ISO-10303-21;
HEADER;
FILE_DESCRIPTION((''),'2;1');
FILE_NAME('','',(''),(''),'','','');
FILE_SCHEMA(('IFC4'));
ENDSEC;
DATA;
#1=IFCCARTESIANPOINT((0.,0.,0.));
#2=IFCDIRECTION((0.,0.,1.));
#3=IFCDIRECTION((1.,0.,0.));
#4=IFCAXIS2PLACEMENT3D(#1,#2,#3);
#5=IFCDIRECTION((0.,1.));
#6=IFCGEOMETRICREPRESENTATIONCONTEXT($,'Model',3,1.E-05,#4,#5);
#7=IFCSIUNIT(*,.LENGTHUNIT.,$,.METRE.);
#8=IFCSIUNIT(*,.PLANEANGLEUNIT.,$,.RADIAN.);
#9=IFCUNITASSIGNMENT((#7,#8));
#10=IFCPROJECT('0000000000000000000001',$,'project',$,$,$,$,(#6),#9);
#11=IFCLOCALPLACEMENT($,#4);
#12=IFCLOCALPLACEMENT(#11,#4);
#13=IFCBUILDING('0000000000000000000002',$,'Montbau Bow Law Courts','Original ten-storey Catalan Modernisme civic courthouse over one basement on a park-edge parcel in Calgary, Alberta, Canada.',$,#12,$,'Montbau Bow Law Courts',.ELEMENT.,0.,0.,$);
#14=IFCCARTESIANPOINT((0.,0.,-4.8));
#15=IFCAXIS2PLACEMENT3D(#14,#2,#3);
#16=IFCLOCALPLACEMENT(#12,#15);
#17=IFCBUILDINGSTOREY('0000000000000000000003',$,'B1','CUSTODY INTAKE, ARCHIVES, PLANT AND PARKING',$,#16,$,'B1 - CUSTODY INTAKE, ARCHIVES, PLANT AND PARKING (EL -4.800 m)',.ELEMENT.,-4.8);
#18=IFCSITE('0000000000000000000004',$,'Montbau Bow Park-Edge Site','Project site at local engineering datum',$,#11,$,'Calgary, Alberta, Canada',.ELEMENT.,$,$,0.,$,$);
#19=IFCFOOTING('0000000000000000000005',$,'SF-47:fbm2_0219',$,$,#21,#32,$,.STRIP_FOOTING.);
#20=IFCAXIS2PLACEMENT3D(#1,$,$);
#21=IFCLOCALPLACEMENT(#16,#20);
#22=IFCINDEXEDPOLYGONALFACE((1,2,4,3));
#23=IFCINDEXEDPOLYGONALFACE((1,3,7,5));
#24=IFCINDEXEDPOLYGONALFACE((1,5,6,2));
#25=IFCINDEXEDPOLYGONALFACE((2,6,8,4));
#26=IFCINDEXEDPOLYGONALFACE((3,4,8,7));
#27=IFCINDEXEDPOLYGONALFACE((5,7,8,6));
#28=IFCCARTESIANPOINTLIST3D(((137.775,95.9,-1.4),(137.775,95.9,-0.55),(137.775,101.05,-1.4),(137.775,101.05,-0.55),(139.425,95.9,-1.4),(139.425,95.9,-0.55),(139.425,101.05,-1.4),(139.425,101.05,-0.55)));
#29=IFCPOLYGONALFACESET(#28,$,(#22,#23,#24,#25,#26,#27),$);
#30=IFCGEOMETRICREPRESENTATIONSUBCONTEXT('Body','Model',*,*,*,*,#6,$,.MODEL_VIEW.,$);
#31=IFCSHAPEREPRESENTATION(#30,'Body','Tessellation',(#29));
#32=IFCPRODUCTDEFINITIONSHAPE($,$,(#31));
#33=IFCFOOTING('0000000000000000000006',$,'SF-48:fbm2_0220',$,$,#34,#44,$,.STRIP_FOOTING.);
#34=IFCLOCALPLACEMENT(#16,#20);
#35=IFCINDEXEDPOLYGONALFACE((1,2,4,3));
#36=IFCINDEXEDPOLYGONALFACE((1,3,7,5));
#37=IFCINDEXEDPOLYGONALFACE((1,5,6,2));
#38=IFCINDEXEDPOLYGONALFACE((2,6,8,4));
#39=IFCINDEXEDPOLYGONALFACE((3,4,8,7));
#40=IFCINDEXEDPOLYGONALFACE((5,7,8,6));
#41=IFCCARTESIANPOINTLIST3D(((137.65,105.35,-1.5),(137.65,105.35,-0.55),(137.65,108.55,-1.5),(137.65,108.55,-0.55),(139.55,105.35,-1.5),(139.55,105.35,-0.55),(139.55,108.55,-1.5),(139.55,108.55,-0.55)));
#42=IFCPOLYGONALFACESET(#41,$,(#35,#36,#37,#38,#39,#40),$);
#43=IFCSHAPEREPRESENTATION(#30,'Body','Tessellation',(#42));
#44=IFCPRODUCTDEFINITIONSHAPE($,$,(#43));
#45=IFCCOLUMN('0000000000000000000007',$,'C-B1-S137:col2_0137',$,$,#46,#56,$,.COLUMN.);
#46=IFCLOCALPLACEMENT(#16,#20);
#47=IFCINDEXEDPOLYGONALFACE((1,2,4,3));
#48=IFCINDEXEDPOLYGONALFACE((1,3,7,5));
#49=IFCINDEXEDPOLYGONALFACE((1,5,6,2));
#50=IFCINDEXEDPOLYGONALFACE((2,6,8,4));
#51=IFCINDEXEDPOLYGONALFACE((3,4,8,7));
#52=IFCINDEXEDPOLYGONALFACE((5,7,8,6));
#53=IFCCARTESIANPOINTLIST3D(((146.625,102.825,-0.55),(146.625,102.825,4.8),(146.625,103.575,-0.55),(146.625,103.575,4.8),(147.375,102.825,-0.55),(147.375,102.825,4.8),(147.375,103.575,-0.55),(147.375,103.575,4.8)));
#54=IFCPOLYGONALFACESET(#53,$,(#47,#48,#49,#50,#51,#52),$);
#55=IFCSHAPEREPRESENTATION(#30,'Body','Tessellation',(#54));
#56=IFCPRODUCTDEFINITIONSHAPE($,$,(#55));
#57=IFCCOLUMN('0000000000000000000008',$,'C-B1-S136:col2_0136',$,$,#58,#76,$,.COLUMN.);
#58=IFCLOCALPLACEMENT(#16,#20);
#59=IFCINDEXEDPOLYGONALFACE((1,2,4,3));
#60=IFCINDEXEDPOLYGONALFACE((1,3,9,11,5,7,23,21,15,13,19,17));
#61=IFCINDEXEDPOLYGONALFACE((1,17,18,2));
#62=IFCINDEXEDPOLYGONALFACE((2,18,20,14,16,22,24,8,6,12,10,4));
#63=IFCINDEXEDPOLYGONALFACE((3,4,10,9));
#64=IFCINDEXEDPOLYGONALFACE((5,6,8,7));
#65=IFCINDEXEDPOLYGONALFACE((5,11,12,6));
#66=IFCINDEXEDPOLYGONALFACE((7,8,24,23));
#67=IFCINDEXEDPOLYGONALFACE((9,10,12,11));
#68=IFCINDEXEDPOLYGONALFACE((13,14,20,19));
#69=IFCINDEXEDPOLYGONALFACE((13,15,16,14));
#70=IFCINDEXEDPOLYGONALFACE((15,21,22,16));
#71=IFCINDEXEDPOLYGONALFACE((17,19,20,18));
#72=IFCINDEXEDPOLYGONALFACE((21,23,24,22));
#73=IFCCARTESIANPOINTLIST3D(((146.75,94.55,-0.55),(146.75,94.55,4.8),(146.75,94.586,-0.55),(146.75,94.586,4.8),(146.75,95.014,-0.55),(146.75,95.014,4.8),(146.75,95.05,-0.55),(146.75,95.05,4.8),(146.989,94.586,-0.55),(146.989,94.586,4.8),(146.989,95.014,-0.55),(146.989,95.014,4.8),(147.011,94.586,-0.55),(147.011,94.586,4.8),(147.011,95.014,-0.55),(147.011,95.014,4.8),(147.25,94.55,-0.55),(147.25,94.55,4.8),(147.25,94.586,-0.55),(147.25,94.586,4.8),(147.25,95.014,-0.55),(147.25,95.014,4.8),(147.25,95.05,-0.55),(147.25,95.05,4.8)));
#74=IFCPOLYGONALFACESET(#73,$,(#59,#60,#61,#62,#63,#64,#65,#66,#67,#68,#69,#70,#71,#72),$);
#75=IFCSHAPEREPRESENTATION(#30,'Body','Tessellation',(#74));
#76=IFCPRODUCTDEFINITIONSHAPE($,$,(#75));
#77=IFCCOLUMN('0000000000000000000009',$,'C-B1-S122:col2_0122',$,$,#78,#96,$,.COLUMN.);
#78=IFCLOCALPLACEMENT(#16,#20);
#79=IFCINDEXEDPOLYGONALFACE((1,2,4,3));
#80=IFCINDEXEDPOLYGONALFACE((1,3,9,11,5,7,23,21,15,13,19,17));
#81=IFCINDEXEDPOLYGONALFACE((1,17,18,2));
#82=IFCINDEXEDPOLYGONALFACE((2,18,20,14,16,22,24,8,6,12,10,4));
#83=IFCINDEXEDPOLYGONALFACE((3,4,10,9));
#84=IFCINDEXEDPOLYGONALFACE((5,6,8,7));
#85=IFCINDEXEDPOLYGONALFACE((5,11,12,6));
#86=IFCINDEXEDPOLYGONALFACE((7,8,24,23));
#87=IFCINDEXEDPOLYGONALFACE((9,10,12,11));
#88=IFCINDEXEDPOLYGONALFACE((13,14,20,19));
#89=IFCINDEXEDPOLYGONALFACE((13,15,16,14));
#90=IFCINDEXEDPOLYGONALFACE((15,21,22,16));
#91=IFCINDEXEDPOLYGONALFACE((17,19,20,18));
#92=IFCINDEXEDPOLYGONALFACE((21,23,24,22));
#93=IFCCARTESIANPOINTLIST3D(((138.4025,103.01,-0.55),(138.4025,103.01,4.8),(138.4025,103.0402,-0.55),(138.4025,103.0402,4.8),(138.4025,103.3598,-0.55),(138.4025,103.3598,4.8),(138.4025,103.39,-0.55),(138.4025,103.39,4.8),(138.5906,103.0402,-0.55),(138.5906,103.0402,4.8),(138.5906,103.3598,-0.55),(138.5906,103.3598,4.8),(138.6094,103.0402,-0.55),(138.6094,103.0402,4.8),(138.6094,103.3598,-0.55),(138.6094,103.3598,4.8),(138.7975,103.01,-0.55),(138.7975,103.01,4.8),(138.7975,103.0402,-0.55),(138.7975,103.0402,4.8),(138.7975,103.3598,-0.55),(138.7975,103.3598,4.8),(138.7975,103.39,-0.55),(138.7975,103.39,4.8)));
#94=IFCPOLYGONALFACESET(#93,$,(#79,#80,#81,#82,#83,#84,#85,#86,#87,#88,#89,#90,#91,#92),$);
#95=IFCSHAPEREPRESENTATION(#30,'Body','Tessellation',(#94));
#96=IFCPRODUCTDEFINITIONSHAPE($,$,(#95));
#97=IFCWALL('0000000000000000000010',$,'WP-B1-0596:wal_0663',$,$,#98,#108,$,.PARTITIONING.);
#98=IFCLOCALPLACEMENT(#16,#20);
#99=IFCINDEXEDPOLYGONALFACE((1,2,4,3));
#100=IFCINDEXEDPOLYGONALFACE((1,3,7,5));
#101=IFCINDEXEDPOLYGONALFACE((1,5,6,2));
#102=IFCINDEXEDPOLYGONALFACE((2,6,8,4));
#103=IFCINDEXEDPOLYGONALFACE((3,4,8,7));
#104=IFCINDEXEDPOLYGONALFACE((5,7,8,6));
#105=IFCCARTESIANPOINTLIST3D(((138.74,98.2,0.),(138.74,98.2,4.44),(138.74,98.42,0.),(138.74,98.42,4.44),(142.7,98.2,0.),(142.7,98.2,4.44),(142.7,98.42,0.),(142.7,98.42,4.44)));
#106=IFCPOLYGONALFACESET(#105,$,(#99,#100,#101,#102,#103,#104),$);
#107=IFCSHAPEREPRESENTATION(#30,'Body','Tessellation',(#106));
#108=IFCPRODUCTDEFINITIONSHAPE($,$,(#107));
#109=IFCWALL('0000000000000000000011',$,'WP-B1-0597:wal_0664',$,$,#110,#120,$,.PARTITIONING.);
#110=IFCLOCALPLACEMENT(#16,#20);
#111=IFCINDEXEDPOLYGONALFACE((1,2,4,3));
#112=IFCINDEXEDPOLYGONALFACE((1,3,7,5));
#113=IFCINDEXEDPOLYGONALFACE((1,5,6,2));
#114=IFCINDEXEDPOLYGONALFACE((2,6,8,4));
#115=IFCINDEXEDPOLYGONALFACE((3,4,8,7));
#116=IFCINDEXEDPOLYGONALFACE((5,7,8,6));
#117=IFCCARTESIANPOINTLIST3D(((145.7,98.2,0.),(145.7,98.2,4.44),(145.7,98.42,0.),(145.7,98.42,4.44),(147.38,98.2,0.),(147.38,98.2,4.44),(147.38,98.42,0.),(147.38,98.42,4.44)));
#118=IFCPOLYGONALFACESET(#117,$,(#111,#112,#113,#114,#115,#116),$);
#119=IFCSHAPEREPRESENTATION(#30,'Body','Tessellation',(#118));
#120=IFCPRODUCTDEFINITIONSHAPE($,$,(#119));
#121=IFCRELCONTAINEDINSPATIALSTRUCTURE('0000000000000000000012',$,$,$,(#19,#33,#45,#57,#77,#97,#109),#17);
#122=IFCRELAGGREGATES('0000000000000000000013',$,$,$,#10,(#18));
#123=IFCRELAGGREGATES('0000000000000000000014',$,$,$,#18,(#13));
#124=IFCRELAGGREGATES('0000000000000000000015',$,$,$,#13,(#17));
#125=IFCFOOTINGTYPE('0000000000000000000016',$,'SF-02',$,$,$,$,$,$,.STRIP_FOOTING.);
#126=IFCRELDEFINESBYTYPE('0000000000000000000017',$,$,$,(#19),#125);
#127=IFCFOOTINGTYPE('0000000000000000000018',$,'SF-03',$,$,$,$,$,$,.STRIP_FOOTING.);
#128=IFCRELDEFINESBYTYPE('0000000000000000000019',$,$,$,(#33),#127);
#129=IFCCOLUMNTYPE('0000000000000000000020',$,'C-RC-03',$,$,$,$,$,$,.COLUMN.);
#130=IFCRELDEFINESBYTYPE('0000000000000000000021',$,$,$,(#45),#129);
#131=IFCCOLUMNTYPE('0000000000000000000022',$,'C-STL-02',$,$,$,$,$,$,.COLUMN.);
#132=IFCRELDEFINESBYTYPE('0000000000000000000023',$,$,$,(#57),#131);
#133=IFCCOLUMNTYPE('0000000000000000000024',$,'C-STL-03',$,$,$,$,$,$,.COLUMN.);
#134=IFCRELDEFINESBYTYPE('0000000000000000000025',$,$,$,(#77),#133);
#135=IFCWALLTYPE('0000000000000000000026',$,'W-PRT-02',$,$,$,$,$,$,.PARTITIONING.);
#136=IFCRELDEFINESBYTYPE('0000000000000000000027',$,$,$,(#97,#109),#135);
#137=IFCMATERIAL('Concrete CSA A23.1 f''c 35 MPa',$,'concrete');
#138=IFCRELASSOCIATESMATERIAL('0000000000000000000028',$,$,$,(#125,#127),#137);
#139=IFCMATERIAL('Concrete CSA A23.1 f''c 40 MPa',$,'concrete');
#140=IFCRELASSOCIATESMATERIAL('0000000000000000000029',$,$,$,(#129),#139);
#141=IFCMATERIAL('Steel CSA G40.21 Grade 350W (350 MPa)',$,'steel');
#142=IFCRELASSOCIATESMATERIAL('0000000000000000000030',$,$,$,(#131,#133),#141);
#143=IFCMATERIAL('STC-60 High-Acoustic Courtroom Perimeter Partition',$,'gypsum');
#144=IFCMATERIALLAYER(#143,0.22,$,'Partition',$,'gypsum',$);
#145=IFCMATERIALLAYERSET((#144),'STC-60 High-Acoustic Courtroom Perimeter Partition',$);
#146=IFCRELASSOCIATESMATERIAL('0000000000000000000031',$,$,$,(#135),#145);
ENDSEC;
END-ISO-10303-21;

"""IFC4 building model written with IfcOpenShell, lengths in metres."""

from ifc_helpers import new_model, si_unit, direction, frame, frame_2d, origin_with_axes, origin_2d_with_axis, place, context, subcontext, project, spatial, rectangle, i_section, extrude, material, layer, layer_set, material_profile, profile_set, type_object, element, save


model = new_model("IFC4")

# Units and contexts
model_context = context("Model", 3, precision=1e-05, world=origin_with_axes(), true_north=direction((0.0, 1.0)))
body_context = subcontext(model_context, "Body", "Model", "MODEL_VIEW")
ifc_project = project(units=[si_unit("LENGTHUNIT", "METRE"), si_unit("PLANEANGLEUNIT", "RADIAN")], contexts=[model_context])

# Site, building, storey
site_placement = place(None, origin_with_axes())
site = spatial("IfcSite", under=ifc_project, at=site_placement, Name="Montbau Bow Park-Edge Site", Description="Project site at local engineering datum", LongName="Calgary, Alberta, Canada", CompositionType="ELEMENT", RefElevation=0.0)
building_placement = place(site_placement, origin_with_axes())
building = spatial("IfcBuilding", under=site, at=building_placement, Name="Montbau Bow Law Courts", Description="Original ten-storey Catalan Modernisme civic courthouse over one basement on a park-edge parcel in Calgary, Alberta, Canada.", LongName="Montbau Bow Law Courts", CompositionType="ELEMENT", ElevationOfRefHeight=0.0, ElevationOfTerrain=0.0)
storey_placement = place(building_placement, frame((0.0, 0.0, -4.8), z_axis=(0.0, 0.0, 1.0), x_axis=(1.0, 0.0, 0.0)))
storey = spatial("IfcBuildingStorey", under=building, at=storey_placement, Name="B1", Description="CUSTODY INTAKE, ARCHIVES, PLANT AND PARKING", LongName="B1 - CUSTODY INTAKE, ARCHIVES, PLANT AND PARKING (EL -4.800 m)", CompositionType="ELEMENT", Elevation=-4.8)

# Shared definitions
ifc_material_1 = material(Name="Concrete CSA A23.1 f'c 35 MPa", Category="concrete")

# Shared definitions
ifc_material_2 = material(Name="Concrete CSA A23.1 f'c 40 MPa", Category="concrete")

# Footings
footing_type_1 = type_object("IfcFootingType", Name="SF-02", PredefinedType="STRIP_FOOTING", material=ifc_material_1)
footing_1_placement = place(None, frame((138.6, 98.475, -6.2), z_axis=(0.0, 0.0, 1.0), x_axis=(0.0, 1.0, 0.0)))
element("IfcFooting", 1, at=footing_1_placement, inside=storey, type_object=footing_type_1, Name="SF-47:fbm2_0219", PredefinedType="STRIP_FOOTING", context=body_context, shape_type="SweptSolid", body=[
    extrude(rectangle(XDim=5.15, YDim=1.65, at=origin_2d_with_axis()), origin_with_axes(), (0.0, 0.0, 1.0), 0.85),
])
footing_type_2 = type_object("IfcFootingType", Name="SF-03", PredefinedType="STRIP_FOOTING", material=ifc_material_1)
footing_2_placement = place(None, frame((138.6, 106.95, -6.3), z_axis=(0.0, 0.0, 1.0), x_axis=(0.0, 1.0, 0.0)))
element("IfcFooting", 2, at=footing_2_placement, inside=storey, type_object=footing_type_2, Name="SF-48:fbm2_0220", PredefinedType="STRIP_FOOTING", context=body_context, shape_type="SweptSolid", body=[
    extrude(rectangle(XDim=3.2, YDim=1.9, at=origin_2d_with_axis()), origin_with_axes(), (0.0, 0.0, 1.0), 0.95),
])

# Columns
ifc_material_profile_1 = material_profile(ifc_material_2, rectangle(XDim=0.75, YDim=0.75, at=origin_2d_with_axis()), Name="RC750X750", Category="Main", Priority=0)
ifc_profile_set_1 = profile_set([ifc_material_profile_1], Name="Concrete CSA A23.1 f'c 40 MPa")
column_type_1 = type_object("IfcColumnType", Name="C-RC-03", PredefinedType="COLUMN", material=ifc_profile_set_1)
column_1_placement = place(None, frame((147.0, 103.2, -5.35), z_axis=(0.0, 0.0, 1.0), x_axis=(1.0, 0.0, 0.0)))
element("IfcColumn", 3, at=column_1_placement, inside=storey, type_object=column_type_1, Name="C-B1-S137:col2_0137", PredefinedType="COLUMN", context=body_context, shape_type="SweptSolid", body=[
    extrude(rectangle(XDim=0.75, YDim=0.75, at=origin_2d_with_axis()), origin_with_axes(), (0.0, 0.0, 1.0), 5.35),
])
ifc_material_3 = material(Name="Steel CSA G40.21 Grade 350W (350 MPa)", Category="steel")
ifc_material_profile_2 = material_profile(ifc_material_3, i_section(OverallWidth=0.5, OverallDepth=0.5, WebThickness=0.022, FlangeThickness=0.036, at=origin_2d_with_axis()), Name="WWF500X343", Category="Main", Priority=0)
ifc_profile_set_2 = profile_set([ifc_material_profile_2], Name="Steel CSA G40.21 Grade 350W (350 MPa)")
column_type_2 = type_object("IfcColumnType", Name="C-STL-02", PredefinedType="COLUMN", material=ifc_profile_set_2)
column_2_placement = place(None, frame((147.0, 94.8, -5.35), z_axis=(0.0, 0.0, 1.0), x_axis=(1.0, 0.0, 0.0)))
element("IfcColumn", 4, at=column_2_placement, inside=storey, type_object=column_type_2, Name="C-B1-S136:col2_0136", PredefinedType="COLUMN", context=body_context, shape_type="SweptSolid", body=[
    extrude(i_section(OverallWidth=0.5, OverallDepth=0.5, WebThickness=0.022, FlangeThickness=0.036, at=origin_2d_with_axis()), origin_with_axes(), (0.0, 0.0, 1.0), 5.35),
])
ifc_material_profile_3 = material_profile(ifc_material_3, i_section(OverallWidth=0.395, OverallDepth=0.38, WebThickness=0.0189, FlangeThickness=0.0302, at=origin_2d_with_axis()), Name="W360X237", Category="Main", Priority=0)
ifc_profile_set_3 = profile_set([ifc_material_profile_3], Name="Steel CSA G40.21 Grade 350W (350 MPa)")
column_type_3 = type_object("IfcColumnType", Name="C-STL-03", PredefinedType="COLUMN", material=ifc_profile_set_3)
column_3_placement = place(None, frame((138.6, 103.2, -5.35), z_axis=(0.0, 0.0, 1.0), x_axis=(1.0, 0.0, 0.0)))
element("IfcColumn", 5, at=column_3_placement, inside=storey, type_object=column_type_3, Name="C-B1-S122:col2_0122", PredefinedType="COLUMN", context=body_context, shape_type="SweptSolid", body=[
    extrude(i_section(OverallWidth=0.395, OverallDepth=0.38, WebThickness=0.0189, FlangeThickness=0.0302, at=origin_2d_with_axis()), origin_with_axes(), (0.0, 0.0, 1.0), 5.35),
])

# Walls
ifc_material_4 = material(Name="STC-60 High-Acoustic Courtroom Perimeter Partition", Category="gypsum")
ifc_layer_1 = layer(ifc_material_4, 0.22, Name="Partition", Category="gypsum")
ifc_layer_set_1 = layer_set([ifc_layer_1], Name="STC-60 High-Acoustic Courtroom Perimeter Partition")
wall_type_1 = type_object("IfcWallType", Name="W-PRT-02", PredefinedType="PARTITIONING", material=ifc_layer_set_1)
wall_1_placement = place(None, frame((138.74, 98.31, -4.8), z_axis=(0.0, 0.0, 1.0), x_axis=(1.0, 0.0, 0.0)))
element("IfcWall", 6, at=wall_1_placement, inside=storey, type_object=wall_type_1, Name="WP-B1-0596:wal_0663", PredefinedType="PARTITIONING", context=body_context, shape_type="SweptSolid", body=[
    extrude(rectangle(XDim=3.96, YDim=0.22, at=frame_2d((1.98, 0.0), x_axis=(1.0, 0.0))), origin_with_axes(), (0.0, 0.0, 1.0), 4.44),
])
wall_2_placement = place(None, frame((145.7, 98.31, -4.8), z_axis=(0.0, 0.0, 1.0), x_axis=(1.0, 0.0, 0.0)))
element("IfcWall", 7, at=wall_2_placement, inside=storey, type_object=wall_type_1, Name="WP-B1-0597:wal_0664", PredefinedType="PARTITIONING", context=body_context, shape_type="SweptSolid", body=[
    extrude(rectangle(XDim=1.68, YDim=0.22, at=frame_2d((0.84, 0.0), x_axis=(1.0, 0.0))), origin_with_axes(), (0.0, 0.0, 1.0), 4.44),
])

save(model, "model.ifc")
